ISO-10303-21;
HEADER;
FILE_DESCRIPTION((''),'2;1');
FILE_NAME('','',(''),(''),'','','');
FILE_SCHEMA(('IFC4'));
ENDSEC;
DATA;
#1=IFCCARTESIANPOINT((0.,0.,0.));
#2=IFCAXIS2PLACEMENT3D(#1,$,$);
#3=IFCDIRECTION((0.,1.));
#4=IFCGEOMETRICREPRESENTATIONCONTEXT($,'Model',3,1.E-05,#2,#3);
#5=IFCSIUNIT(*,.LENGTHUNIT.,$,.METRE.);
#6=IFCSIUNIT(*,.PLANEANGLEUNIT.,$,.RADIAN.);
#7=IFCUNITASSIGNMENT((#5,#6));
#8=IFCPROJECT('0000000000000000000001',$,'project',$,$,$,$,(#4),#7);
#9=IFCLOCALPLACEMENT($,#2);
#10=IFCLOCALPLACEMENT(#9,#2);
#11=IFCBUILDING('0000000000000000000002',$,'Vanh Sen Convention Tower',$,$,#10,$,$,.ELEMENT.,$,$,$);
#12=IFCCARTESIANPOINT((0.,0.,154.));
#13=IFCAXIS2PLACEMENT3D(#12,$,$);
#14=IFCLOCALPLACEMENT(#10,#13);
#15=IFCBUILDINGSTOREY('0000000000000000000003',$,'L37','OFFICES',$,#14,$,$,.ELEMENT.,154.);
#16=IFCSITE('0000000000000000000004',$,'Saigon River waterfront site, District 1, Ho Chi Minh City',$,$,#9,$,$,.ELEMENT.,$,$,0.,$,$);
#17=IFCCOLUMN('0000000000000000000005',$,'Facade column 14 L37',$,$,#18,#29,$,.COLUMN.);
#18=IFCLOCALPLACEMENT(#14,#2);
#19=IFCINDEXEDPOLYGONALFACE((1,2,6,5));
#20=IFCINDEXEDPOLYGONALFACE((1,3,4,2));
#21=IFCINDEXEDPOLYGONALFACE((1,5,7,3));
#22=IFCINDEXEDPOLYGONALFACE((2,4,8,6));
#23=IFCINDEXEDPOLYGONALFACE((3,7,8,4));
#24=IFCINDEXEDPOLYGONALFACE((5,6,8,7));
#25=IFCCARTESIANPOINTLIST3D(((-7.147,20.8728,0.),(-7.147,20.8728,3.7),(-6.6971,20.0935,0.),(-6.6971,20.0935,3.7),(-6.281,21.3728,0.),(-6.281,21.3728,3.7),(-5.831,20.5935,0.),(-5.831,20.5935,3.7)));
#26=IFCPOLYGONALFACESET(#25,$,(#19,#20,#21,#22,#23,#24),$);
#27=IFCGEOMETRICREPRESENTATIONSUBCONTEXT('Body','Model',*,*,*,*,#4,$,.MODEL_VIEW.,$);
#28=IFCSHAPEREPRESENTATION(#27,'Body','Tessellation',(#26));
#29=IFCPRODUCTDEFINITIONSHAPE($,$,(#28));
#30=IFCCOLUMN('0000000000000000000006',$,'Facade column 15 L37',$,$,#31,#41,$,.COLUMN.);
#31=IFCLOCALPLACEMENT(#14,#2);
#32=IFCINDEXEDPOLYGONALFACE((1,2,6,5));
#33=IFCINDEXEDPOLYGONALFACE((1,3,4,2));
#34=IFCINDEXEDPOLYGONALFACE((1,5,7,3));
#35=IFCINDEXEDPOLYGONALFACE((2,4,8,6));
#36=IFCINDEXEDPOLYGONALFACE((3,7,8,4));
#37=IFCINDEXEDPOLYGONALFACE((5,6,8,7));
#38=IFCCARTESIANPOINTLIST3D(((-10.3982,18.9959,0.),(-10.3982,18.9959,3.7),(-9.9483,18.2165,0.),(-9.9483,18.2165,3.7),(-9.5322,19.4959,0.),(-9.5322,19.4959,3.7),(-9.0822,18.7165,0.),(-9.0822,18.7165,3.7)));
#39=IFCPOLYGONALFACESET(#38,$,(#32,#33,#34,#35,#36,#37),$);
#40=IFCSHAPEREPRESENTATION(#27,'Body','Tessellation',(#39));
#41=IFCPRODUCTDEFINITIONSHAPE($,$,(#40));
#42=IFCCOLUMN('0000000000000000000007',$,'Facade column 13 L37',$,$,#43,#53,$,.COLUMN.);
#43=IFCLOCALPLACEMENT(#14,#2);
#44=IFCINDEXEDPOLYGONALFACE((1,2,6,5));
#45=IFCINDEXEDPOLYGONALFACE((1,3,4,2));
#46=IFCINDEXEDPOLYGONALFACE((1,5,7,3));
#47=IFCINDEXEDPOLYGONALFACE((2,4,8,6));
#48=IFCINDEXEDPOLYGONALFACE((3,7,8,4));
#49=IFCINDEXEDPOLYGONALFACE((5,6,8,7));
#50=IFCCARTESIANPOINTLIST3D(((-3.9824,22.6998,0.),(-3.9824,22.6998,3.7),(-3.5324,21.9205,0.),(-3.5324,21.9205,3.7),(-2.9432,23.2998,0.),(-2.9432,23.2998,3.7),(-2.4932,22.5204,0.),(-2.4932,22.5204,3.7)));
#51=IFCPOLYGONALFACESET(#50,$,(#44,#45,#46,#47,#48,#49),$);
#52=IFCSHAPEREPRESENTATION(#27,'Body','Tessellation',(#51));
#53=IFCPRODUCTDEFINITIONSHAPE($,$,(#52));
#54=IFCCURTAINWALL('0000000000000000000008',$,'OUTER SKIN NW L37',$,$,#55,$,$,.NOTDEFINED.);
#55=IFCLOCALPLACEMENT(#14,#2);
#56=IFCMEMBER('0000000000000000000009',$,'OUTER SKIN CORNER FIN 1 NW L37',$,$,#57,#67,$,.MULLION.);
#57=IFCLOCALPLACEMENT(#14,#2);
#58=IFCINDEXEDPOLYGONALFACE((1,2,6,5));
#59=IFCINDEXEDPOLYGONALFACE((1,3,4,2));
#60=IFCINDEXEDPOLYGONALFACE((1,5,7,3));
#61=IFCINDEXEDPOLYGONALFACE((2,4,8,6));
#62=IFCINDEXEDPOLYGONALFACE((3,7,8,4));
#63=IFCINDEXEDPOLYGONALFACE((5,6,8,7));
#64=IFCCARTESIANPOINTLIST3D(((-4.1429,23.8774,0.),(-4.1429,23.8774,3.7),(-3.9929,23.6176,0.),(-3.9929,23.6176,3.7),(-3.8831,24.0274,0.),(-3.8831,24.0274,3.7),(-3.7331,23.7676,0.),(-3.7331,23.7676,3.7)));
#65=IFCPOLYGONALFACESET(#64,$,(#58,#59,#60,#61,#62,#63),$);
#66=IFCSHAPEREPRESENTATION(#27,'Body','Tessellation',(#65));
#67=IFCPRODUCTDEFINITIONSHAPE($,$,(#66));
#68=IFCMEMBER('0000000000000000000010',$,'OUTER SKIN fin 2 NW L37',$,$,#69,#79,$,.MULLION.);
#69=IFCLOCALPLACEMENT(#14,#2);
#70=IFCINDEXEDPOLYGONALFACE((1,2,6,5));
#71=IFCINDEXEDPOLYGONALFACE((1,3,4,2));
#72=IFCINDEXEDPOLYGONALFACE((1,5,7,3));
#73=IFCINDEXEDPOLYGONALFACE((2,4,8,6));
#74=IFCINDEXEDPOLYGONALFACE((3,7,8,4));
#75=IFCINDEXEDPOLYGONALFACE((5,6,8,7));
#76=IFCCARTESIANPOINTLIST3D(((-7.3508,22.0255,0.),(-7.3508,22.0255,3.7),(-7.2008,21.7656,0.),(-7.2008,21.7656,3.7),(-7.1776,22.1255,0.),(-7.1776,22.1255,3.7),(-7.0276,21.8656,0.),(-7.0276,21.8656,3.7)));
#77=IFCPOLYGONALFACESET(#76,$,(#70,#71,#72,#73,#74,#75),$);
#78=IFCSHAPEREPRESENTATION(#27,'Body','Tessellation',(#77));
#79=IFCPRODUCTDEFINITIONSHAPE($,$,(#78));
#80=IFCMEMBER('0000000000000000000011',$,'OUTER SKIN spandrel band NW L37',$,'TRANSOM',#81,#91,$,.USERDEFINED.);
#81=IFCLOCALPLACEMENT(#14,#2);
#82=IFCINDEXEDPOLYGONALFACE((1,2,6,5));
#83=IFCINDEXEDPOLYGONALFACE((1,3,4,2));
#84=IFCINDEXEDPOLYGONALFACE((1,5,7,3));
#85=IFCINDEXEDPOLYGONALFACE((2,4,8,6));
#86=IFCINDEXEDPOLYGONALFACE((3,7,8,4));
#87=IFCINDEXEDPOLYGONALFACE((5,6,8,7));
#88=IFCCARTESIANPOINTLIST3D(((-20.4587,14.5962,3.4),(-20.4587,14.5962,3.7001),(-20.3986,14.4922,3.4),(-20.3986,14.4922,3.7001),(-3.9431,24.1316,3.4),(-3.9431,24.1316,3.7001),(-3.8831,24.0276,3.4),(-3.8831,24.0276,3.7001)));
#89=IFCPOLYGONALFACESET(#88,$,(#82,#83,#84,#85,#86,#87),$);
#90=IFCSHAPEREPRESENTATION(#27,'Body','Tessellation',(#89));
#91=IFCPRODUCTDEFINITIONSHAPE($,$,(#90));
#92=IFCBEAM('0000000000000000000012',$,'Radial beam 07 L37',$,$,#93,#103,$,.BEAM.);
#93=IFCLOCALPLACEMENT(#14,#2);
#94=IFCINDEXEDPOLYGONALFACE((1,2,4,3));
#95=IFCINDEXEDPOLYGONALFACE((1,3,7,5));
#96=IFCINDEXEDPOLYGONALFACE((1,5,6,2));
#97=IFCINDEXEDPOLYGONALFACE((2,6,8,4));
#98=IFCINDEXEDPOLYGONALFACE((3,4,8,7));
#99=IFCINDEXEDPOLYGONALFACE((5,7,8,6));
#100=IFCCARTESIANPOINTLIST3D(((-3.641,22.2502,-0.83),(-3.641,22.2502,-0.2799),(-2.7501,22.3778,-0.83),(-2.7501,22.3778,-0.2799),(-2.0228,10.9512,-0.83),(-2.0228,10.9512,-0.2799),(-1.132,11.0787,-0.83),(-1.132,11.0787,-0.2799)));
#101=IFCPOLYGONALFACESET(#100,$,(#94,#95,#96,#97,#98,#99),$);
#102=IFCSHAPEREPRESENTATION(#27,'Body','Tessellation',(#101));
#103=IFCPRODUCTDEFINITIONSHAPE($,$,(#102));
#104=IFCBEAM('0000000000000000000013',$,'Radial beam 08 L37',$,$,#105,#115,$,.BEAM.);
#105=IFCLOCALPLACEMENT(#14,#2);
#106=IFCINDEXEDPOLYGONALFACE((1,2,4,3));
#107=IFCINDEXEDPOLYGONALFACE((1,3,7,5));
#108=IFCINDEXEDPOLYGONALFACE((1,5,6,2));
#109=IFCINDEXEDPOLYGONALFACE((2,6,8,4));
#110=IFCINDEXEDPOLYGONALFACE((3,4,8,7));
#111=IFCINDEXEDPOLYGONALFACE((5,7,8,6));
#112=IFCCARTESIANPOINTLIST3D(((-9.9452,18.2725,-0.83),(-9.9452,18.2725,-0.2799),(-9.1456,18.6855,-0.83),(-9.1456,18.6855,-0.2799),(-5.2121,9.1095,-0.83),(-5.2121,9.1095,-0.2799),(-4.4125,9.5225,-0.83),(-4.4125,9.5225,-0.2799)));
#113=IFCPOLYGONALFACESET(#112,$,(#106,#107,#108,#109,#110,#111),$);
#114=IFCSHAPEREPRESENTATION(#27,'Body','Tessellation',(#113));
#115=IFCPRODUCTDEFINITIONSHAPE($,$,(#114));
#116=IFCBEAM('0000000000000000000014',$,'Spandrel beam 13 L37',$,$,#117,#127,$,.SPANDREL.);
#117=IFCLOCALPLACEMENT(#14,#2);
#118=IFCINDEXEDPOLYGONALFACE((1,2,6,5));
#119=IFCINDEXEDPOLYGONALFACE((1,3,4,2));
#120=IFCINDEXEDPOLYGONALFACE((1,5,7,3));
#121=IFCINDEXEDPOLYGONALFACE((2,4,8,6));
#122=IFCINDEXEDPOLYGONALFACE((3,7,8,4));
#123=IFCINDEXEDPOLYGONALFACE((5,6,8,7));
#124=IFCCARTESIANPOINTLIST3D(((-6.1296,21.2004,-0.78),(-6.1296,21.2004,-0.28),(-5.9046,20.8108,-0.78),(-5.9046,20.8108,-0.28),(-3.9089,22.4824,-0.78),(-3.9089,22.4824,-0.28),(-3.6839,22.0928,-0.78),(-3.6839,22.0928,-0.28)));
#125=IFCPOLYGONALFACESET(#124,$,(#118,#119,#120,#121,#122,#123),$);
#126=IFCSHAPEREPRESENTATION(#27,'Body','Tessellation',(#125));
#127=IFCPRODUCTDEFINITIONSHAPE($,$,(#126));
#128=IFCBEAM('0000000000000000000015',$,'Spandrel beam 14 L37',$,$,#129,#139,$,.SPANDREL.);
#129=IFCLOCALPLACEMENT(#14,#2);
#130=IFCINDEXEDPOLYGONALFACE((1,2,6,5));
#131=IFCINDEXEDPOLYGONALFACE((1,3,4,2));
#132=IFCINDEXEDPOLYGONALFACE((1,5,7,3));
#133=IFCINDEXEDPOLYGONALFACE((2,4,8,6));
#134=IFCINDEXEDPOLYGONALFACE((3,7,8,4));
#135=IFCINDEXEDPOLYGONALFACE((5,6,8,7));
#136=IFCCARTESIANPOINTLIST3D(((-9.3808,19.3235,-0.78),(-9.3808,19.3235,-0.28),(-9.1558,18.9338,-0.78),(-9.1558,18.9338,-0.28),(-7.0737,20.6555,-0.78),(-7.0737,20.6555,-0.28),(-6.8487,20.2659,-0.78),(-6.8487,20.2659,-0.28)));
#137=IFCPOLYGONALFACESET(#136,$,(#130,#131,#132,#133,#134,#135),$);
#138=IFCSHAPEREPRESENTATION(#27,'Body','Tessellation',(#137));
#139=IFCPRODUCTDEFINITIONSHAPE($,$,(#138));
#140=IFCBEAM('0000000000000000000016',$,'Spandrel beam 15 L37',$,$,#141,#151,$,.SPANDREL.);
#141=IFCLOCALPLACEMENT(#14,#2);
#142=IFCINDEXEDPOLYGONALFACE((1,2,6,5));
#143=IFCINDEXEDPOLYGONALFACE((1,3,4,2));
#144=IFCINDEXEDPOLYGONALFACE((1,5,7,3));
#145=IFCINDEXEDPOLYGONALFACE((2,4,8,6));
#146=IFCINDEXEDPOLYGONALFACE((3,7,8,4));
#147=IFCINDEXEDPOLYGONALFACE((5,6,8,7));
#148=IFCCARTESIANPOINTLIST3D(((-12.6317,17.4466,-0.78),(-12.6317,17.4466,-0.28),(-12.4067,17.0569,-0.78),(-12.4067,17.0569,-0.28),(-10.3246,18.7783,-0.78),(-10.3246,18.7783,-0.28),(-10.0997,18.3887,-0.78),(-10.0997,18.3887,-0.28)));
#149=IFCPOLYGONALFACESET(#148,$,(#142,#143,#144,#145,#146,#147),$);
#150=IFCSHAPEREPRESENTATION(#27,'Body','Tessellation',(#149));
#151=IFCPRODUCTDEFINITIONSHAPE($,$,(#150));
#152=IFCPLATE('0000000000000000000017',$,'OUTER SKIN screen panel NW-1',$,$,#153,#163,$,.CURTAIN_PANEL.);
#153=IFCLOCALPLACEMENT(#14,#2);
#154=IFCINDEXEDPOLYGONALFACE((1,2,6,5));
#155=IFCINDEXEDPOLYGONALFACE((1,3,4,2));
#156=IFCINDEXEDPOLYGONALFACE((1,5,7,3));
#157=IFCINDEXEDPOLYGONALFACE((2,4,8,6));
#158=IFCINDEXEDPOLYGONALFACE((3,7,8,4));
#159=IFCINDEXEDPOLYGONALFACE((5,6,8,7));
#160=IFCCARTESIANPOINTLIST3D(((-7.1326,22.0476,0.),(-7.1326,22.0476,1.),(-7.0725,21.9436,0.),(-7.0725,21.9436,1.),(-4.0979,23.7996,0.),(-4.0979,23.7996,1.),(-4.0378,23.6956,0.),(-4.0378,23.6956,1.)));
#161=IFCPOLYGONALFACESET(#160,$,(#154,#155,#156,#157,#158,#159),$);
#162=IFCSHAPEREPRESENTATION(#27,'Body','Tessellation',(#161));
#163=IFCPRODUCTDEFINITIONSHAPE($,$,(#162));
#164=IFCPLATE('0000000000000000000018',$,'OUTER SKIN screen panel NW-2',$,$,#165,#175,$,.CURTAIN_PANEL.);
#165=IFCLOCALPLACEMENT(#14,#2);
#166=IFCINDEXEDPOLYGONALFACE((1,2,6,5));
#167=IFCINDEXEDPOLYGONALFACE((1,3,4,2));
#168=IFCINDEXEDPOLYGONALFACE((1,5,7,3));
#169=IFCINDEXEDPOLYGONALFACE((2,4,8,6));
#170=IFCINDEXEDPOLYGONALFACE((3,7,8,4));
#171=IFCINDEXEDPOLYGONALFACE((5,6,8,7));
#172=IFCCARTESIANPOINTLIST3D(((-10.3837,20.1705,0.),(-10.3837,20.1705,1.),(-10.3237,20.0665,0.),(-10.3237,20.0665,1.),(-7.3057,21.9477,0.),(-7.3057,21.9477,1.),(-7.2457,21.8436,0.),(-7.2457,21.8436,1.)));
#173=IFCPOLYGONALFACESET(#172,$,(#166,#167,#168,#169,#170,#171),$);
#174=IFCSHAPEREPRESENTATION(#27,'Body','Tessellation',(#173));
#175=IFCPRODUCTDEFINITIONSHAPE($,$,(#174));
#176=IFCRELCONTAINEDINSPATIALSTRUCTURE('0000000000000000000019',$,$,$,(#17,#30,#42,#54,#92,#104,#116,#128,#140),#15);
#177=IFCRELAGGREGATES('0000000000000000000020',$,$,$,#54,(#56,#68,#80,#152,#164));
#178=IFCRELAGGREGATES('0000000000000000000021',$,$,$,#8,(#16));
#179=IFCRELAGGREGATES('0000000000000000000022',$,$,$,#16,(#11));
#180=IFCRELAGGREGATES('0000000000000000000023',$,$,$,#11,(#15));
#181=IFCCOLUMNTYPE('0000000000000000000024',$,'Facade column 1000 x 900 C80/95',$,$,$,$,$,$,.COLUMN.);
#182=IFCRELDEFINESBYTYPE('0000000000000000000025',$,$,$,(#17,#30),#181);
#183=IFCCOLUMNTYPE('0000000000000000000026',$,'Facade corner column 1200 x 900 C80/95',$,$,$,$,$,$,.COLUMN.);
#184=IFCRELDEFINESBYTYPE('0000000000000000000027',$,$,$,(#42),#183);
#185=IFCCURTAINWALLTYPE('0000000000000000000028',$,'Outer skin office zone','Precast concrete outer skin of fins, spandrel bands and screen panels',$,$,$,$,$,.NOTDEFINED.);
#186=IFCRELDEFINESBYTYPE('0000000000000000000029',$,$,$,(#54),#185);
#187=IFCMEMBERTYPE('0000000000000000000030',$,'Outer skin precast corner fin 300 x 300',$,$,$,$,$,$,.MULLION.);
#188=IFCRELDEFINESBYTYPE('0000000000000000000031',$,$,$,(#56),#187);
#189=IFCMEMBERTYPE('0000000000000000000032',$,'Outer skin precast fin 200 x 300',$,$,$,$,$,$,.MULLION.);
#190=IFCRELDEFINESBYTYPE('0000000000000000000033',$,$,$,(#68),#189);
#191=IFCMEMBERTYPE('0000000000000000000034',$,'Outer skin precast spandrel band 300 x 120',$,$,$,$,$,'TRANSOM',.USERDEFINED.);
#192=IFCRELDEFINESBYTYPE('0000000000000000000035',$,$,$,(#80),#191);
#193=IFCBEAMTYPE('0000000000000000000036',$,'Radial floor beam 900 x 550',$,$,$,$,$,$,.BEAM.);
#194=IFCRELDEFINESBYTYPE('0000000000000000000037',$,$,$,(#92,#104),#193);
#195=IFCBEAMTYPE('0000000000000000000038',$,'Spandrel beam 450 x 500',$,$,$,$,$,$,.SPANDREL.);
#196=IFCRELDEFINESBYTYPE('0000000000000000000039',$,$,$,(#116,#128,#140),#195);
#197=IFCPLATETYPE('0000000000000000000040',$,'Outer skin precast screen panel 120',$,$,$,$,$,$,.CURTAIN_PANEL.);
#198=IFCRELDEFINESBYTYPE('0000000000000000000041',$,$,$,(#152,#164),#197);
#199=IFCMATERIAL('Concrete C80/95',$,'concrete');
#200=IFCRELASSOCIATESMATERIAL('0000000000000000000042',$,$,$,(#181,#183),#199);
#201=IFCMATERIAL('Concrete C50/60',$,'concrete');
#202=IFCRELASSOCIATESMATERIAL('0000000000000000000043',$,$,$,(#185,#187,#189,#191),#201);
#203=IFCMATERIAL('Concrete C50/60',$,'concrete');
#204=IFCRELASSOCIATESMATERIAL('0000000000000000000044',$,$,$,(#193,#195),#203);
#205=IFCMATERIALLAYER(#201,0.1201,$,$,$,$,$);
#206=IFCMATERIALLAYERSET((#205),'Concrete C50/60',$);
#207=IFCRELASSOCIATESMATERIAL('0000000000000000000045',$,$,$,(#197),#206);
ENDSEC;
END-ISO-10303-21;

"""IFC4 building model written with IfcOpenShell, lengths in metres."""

from ifc_helpers import new_model, si_unit, direction, frame, origin, origin_2d, place, context, subcontext, project, spatial, rectangle, extrude, material, layer, layer_set, material_profile, profile_set, type_object, element, aggregate, save


model = new_model("IFC4")

# Units and contexts
model_context = context("Model", 3, precision=1e-05, world=origin(), true_north=direction((0.0, 1.0)))
body_context = subcontext(model_context, "Body", "Model", "MODEL_VIEW")
ifc_project = project(units=[si_unit("LENGTHUNIT", "METRE"), si_unit("PLANEANGLEUNIT", "RADIAN")], contexts=[model_context])

# Site, building, storey
site_placement = place(None, origin())
site = spatial("IfcSite", under=ifc_project, at=site_placement, Name="Saigon River waterfront site, District 1, Ho Chi Minh City", CompositionType="ELEMENT", RefElevation=0.0)
building_placement = place(site_placement, origin())
building = spatial("IfcBuilding", under=site, at=building_placement, Name="Vanh Sen Convention Tower", CompositionType="ELEMENT")
storey_placement = place(building_placement, frame((0.0, 0.0, 154.0)))
storey = spatial("IfcBuildingStorey", under=building, at=storey_placement, Name="L37", Description="OFFICES", CompositionType="ELEMENT", Elevation=154.0)

# Columns
ifc_material_1 = material(Name="Concrete C80/95", Category="concrete")
ifc_material_profile_1 = material_profile(ifc_material_1, rectangle(XDim=1.0, YDim=0.8999, at=origin_2d()), Name="RC 1000X900")
ifc_profile_set_1 = profile_set([ifc_material_profile_1], Name="Concrete C80/95")
column_type_1 = type_object("IfcColumnType", Name="Facade column 1000 x 900 C80/95", PredefinedType="COLUMN", material=ifc_profile_set_1)
for number, where, z_axis, x_axis, name in (
    (1, (-6.489, 20.7332, 0.0), (0.0, 0.0, 1.0), (-0.866025, -0.5, 0.0), "Facade column 14 L37"),
    (2, (-9.7402, 18.8562, 0.0), (0.0, 0.0, 1.0), (-0.866025, -0.5, 0.0), "Facade column 15 L37"),
):
    element("IfcColumn", number, at=place(storey_placement, frame(where, z_axis=z_axis, x_axis=x_axis)), inside=storey, type_object=column_type_1, Name=name, PredefinedType="COLUMN", context=body_context, shape_type="SweptSolid", body=[
        extrude(rectangle(XDim=1.0, YDim=0.8999, at=origin_2d()), origin(), (0.0, 0.0, 1.0), 3.7),
    ])
ifc_material_profile_2 = material_profile(ifc_material_1, rectangle(XDim=1.2, YDim=0.8999, at=origin_2d()), Name="RC 1200X900")
ifc_profile_set_2 = profile_set([ifc_material_profile_2], Name="Concrete C80/95")
column_type_2 = type_object("IfcColumnType", Name="Facade corner column 1200 x 900 C80/95", PredefinedType="COLUMN", material=ifc_profile_set_2)
column_placement = place(storey_placement, frame((-3.2378, 22.6101, 0.0), z_axis=(0.0, 0.0, 1.0), x_axis=(-0.866025, -0.5, 0.0)))
element("IfcColumn", 3, at=column_placement, inside=storey, type_object=column_type_2, Name="Facade column 13 L37", PredefinedType="COLUMN", context=body_context, shape_type="SweptSolid", body=[
    extrude(rectangle(XDim=1.2, YDim=0.8999, at=origin_2d()), origin(), (0.0, 0.0, 1.0), 3.7),
])

# Curtain wall, members
ifc_material_2 = material(Name="Concrete C50/60", Category="concrete")
curtain_wall_type = type_object("IfcCurtainWallType", Name="Outer skin office zone", Description="Precast concrete outer skin of fins, spandrel bands and screen panels", PredefinedType="NOTDEFINED", material=ifc_material_2)
curtain_wall_placement = place(storey_placement, origin())
curtain_wall = element("IfcCurtainWall", 4, at=curtain_wall_placement, inside=storey, type_object=curtain_wall_type, Name="OUTER SKIN NW L37", PredefinedType="NOTDEFINED")
ifc_material_profile_3 = material_profile(ifc_material_2, rectangle(XDim=0.3, YDim=0.3, at=origin_2d()), Name="Outer skin precast corner fin 300 x 300")
ifc_profile_set_3 = profile_set([ifc_material_profile_3], Name="Concrete C50/60")
member_type_1 = type_object("IfcMemberType", Name="Outer skin precast corner fin 300 x 300", PredefinedType="MULLION", material=ifc_profile_set_3)
member_1_placement = place(storey_placement, frame((-3.938, 23.8225, 0.0), z_axis=(0.0, 0.0, 1.0), x_axis=(-0.866025, -0.5, 0.0)))
member_1 = element("IfcMember", 5, at=member_1_placement, type_object=member_type_1, Name="OUTER SKIN CORNER FIN 1 NW L37", PredefinedType="MULLION", context=body_context, shape_type="SweptSolid", body=[
    extrude(rectangle(XDim=0.3, YDim=0.3, at=origin_2d()), origin(), (0.0, 0.0, 1.0), 3.7),
])
ifc_material_profile_4 = material_profile(ifc_material_2, rectangle(XDim=0.2, YDim=0.3, at=origin_2d()), Name="Outer skin precast fin 200 x 300")
ifc_profile_set_4 = profile_set([ifc_material_profile_4], Name="Concrete C50/60")
member_type_2 = type_object("IfcMemberType", Name="Outer skin precast fin 200 x 300", PredefinedType="MULLION", material=ifc_profile_set_4)
member_2_placement = place(storey_placement, frame((-7.1892, 21.9456, 0.0), z_axis=(0.0, 0.0, 1.0), x_axis=(-0.866025, -0.5, 0.0)))
member_2 = element("IfcMember", 6, at=member_2_placement, type_object=member_type_2, Name="OUTER SKIN fin 2 NW L37", PredefinedType="MULLION", context=body_context, shape_type="SweptSolid", body=[
    extrude(rectangle(XDim=0.2, YDim=0.3, at=origin_2d()), origin(), (0.0, 0.0, 1.0), 3.7),
])
ifc_material_profile_5 = material_profile(ifc_material_2, rectangle(XDim=0.1201, YDim=0.3, at=origin_2d()), Name="Outer skin precast spandrel band 300 x 120")
ifc_profile_set_5 = profile_set([ifc_material_profile_5], Name="Concrete C50/60")
member_type_3 = type_object("IfcMemberType", Name="Outer skin precast spandrel band 300 x 120", ElementType="TRANSOM", PredefinedType="USERDEFINED", material=ifc_profile_set_5)
member_3_placement = place(storey_placement, frame((-3.9131, 24.0796, 3.55), z_axis=(-0.866023, -0.500004, 0.0), x_axis=(0.500004, -0.866023, 0.0)))
member_3 = element("IfcMember", 7, at=member_3_placement, type_object=member_type_3, Name="OUTER SKIN spandrel band NW L37", ObjectType="TRANSOM", PredefinedType="USERDEFINED", context=body_context, shape_type="SweptSolid", body=[
    extrude(rectangle(XDim=0.1201, YDim=0.3, at=origin_2d()), origin(), (0.0, 0.0, 1.0), 19.0706),
])

# Beams
ifc_material_3 = material(Name="Concrete C50/60", Category="concrete")
ifc_material_profile_6 = material_profile(ifc_material_3, rectangle(XDim=0.8999, YDim=0.55, at=origin_2d()), Name="RC 900X550")
ifc_profile_set_6 = profile_set([ifc_material_profile_6], Name="Concrete C50/60")
beam_type_1 = type_object("IfcBeamType", Name="Radial floor beam 900 x 550", PredefinedType="BEAM", material=ifc_profile_set_6)
beam_1_placement = place(storey_placement, frame((-3.1956, 22.314, -0.5549), z_axis=(0.141766, -0.9899, 0.0), x_axis=(0.9899, 0.141766, 0.0)))
element("IfcBeam", 8, at=beam_1_placement, inside=storey, type_object=beam_type_1, Name="Radial beam 07 L37", PredefinedType="BEAM", context=body_context, shape_type="SweptSolid", body=[
    extrude(rectangle(XDim=0.8999, YDim=0.55, at=origin_2d()), origin(), (0.0, 0.0, 1.0), 11.4143),
])
beam_2_placement = place(storey_placement, frame((-9.5454, 18.479, -0.5549), z_axis=(0.458935, -0.88847, 0.0), x_axis=(0.88847, 0.458935, 0.0)))
element("IfcBeam", 9, at=beam_2_placement, inside=storey, type_object=beam_type_1, Name="Radial beam 08 L37", PredefinedType="BEAM", context=body_context, shape_type="SweptSolid", body=[
    extrude(rectangle(XDim=0.8999, YDim=0.55, at=origin_2d()), origin(), (0.0, 0.0, 1.0), 10.3132),
])
ifc_material_profile_7 = material_profile(ifc_material_3, rectangle(XDim=0.45, YDim=0.5, at=origin_2d()), Name="RC 450X500")
ifc_profile_set_7 = profile_set([ifc_material_profile_7], Name="Concrete C50/60")
beam_type_2 = type_object("IfcBeamType", Name="Spandrel beam 450 x 500", PredefinedType="SPANDREL", material=ifc_profile_set_7)
beam_3_placement = place(storey_placement, frame((-3.7964, 22.2876, -0.53), z_axis=(-0.866049, -0.499959, 0.0), x_axis=(0.499959, -0.866049, 0.0)))
element("IfcBeam", 10, at=beam_3_placement, inside=storey, type_object=beam_type_2, Name="Spandrel beam 13 L37", PredefinedType="SPANDREL", context=body_context, shape_type="SweptSolid", body=[
    extrude(rectangle(XDim=0.45, YDim=0.5, at=origin_2d()), origin(), (0.0, 0.0, 1.0), 2.5642),
])
beam_4_placement = place(storey_placement, frame((-6.9612, 20.4607, -0.53), z_axis=(-0.866024, -0.500003, 0.0), x_axis=(0.500003, -0.866024, 0.0)))
element("IfcBeam", 11, at=beam_4_placement, inside=storey, type_object=beam_type_2, Name="Spandrel beam 14 L37", PredefinedType="SPANDREL", context=body_context, shape_type="SweptSolid", body=[
    extrude(rectangle(XDim=0.45, YDim=0.5, at=origin_2d()), origin(), (0.0, 0.0, 1.0), 2.6641),
])
beam_5_placement = place(storey_placement, frame((-10.2122, 18.5835, -0.53), z_axis=(-0.866063, -0.499934, 0.0), x_axis=(0.499934, -0.866063, 0.0)))
element("IfcBeam", 12, at=beam_5_placement, inside=storey, type_object=beam_type_2, Name="Spandrel beam 15 L37", PredefinedType="SPANDREL", context=body_context, shape_type="SweptSolid", body=[
    extrude(rectangle(XDim=0.45, YDim=0.5, at=origin_2d()), origin(), (0.0, 0.0, 1.0), 2.6638),
])

# Plates
ifc_layer_1 = layer(ifc_material_2, 0.1201)
ifc_layer_set_1 = layer_set([ifc_layer_1], Name="Concrete C50/60")
plate_type = type_object("IfcPlateType", Name="Outer skin precast screen panel 120", PredefinedType="CURTAIN_PANEL", material=ifc_layer_set_1)
plate_1_placement = place(storey_placement, frame((-5.5852, 22.8716, 0.0), z_axis=(0.0, 0.0, 1.0), x_axis=(-0.866035, -0.499983, 0.0)))
plate_1 = element("IfcPlate", 13, at=plate_1_placement, type_object=plate_type, Name="OUTER SKIN screen panel NW-1", PredefinedType="CURTAIN_PANEL", context=body_context, shape_type="SweptSolid", body=[
    extrude(rectangle(XDim=3.5042, YDim=0.1201, at=origin_2d()), origin(), (0.0, 0.0, 1.0), 1.0),
])
plate_2_placement = place(storey_placement, frame((-8.8147, 21.0071, 0.0), z_axis=(0.0, 0.0, 1.0), x_axis=(-0.866017, -0.500015, 0.0)))
plate_2 = element("IfcPlate", 14, at=plate_2_placement, type_object=plate_type, Name="OUTER SKIN screen panel NW-2", PredefinedType="CURTAIN_PANEL", context=body_context, shape_type="SweptSolid", body=[
    extrude(rectangle(XDim=3.5542, YDim=0.1201, at=origin_2d()), origin(), (0.0, 0.0, 1.0), 1.0),
])
aggregate(curtain_wall, [member_1, member_2, member_3, plate_1, plate_2])

save(model, "model.ifc")
